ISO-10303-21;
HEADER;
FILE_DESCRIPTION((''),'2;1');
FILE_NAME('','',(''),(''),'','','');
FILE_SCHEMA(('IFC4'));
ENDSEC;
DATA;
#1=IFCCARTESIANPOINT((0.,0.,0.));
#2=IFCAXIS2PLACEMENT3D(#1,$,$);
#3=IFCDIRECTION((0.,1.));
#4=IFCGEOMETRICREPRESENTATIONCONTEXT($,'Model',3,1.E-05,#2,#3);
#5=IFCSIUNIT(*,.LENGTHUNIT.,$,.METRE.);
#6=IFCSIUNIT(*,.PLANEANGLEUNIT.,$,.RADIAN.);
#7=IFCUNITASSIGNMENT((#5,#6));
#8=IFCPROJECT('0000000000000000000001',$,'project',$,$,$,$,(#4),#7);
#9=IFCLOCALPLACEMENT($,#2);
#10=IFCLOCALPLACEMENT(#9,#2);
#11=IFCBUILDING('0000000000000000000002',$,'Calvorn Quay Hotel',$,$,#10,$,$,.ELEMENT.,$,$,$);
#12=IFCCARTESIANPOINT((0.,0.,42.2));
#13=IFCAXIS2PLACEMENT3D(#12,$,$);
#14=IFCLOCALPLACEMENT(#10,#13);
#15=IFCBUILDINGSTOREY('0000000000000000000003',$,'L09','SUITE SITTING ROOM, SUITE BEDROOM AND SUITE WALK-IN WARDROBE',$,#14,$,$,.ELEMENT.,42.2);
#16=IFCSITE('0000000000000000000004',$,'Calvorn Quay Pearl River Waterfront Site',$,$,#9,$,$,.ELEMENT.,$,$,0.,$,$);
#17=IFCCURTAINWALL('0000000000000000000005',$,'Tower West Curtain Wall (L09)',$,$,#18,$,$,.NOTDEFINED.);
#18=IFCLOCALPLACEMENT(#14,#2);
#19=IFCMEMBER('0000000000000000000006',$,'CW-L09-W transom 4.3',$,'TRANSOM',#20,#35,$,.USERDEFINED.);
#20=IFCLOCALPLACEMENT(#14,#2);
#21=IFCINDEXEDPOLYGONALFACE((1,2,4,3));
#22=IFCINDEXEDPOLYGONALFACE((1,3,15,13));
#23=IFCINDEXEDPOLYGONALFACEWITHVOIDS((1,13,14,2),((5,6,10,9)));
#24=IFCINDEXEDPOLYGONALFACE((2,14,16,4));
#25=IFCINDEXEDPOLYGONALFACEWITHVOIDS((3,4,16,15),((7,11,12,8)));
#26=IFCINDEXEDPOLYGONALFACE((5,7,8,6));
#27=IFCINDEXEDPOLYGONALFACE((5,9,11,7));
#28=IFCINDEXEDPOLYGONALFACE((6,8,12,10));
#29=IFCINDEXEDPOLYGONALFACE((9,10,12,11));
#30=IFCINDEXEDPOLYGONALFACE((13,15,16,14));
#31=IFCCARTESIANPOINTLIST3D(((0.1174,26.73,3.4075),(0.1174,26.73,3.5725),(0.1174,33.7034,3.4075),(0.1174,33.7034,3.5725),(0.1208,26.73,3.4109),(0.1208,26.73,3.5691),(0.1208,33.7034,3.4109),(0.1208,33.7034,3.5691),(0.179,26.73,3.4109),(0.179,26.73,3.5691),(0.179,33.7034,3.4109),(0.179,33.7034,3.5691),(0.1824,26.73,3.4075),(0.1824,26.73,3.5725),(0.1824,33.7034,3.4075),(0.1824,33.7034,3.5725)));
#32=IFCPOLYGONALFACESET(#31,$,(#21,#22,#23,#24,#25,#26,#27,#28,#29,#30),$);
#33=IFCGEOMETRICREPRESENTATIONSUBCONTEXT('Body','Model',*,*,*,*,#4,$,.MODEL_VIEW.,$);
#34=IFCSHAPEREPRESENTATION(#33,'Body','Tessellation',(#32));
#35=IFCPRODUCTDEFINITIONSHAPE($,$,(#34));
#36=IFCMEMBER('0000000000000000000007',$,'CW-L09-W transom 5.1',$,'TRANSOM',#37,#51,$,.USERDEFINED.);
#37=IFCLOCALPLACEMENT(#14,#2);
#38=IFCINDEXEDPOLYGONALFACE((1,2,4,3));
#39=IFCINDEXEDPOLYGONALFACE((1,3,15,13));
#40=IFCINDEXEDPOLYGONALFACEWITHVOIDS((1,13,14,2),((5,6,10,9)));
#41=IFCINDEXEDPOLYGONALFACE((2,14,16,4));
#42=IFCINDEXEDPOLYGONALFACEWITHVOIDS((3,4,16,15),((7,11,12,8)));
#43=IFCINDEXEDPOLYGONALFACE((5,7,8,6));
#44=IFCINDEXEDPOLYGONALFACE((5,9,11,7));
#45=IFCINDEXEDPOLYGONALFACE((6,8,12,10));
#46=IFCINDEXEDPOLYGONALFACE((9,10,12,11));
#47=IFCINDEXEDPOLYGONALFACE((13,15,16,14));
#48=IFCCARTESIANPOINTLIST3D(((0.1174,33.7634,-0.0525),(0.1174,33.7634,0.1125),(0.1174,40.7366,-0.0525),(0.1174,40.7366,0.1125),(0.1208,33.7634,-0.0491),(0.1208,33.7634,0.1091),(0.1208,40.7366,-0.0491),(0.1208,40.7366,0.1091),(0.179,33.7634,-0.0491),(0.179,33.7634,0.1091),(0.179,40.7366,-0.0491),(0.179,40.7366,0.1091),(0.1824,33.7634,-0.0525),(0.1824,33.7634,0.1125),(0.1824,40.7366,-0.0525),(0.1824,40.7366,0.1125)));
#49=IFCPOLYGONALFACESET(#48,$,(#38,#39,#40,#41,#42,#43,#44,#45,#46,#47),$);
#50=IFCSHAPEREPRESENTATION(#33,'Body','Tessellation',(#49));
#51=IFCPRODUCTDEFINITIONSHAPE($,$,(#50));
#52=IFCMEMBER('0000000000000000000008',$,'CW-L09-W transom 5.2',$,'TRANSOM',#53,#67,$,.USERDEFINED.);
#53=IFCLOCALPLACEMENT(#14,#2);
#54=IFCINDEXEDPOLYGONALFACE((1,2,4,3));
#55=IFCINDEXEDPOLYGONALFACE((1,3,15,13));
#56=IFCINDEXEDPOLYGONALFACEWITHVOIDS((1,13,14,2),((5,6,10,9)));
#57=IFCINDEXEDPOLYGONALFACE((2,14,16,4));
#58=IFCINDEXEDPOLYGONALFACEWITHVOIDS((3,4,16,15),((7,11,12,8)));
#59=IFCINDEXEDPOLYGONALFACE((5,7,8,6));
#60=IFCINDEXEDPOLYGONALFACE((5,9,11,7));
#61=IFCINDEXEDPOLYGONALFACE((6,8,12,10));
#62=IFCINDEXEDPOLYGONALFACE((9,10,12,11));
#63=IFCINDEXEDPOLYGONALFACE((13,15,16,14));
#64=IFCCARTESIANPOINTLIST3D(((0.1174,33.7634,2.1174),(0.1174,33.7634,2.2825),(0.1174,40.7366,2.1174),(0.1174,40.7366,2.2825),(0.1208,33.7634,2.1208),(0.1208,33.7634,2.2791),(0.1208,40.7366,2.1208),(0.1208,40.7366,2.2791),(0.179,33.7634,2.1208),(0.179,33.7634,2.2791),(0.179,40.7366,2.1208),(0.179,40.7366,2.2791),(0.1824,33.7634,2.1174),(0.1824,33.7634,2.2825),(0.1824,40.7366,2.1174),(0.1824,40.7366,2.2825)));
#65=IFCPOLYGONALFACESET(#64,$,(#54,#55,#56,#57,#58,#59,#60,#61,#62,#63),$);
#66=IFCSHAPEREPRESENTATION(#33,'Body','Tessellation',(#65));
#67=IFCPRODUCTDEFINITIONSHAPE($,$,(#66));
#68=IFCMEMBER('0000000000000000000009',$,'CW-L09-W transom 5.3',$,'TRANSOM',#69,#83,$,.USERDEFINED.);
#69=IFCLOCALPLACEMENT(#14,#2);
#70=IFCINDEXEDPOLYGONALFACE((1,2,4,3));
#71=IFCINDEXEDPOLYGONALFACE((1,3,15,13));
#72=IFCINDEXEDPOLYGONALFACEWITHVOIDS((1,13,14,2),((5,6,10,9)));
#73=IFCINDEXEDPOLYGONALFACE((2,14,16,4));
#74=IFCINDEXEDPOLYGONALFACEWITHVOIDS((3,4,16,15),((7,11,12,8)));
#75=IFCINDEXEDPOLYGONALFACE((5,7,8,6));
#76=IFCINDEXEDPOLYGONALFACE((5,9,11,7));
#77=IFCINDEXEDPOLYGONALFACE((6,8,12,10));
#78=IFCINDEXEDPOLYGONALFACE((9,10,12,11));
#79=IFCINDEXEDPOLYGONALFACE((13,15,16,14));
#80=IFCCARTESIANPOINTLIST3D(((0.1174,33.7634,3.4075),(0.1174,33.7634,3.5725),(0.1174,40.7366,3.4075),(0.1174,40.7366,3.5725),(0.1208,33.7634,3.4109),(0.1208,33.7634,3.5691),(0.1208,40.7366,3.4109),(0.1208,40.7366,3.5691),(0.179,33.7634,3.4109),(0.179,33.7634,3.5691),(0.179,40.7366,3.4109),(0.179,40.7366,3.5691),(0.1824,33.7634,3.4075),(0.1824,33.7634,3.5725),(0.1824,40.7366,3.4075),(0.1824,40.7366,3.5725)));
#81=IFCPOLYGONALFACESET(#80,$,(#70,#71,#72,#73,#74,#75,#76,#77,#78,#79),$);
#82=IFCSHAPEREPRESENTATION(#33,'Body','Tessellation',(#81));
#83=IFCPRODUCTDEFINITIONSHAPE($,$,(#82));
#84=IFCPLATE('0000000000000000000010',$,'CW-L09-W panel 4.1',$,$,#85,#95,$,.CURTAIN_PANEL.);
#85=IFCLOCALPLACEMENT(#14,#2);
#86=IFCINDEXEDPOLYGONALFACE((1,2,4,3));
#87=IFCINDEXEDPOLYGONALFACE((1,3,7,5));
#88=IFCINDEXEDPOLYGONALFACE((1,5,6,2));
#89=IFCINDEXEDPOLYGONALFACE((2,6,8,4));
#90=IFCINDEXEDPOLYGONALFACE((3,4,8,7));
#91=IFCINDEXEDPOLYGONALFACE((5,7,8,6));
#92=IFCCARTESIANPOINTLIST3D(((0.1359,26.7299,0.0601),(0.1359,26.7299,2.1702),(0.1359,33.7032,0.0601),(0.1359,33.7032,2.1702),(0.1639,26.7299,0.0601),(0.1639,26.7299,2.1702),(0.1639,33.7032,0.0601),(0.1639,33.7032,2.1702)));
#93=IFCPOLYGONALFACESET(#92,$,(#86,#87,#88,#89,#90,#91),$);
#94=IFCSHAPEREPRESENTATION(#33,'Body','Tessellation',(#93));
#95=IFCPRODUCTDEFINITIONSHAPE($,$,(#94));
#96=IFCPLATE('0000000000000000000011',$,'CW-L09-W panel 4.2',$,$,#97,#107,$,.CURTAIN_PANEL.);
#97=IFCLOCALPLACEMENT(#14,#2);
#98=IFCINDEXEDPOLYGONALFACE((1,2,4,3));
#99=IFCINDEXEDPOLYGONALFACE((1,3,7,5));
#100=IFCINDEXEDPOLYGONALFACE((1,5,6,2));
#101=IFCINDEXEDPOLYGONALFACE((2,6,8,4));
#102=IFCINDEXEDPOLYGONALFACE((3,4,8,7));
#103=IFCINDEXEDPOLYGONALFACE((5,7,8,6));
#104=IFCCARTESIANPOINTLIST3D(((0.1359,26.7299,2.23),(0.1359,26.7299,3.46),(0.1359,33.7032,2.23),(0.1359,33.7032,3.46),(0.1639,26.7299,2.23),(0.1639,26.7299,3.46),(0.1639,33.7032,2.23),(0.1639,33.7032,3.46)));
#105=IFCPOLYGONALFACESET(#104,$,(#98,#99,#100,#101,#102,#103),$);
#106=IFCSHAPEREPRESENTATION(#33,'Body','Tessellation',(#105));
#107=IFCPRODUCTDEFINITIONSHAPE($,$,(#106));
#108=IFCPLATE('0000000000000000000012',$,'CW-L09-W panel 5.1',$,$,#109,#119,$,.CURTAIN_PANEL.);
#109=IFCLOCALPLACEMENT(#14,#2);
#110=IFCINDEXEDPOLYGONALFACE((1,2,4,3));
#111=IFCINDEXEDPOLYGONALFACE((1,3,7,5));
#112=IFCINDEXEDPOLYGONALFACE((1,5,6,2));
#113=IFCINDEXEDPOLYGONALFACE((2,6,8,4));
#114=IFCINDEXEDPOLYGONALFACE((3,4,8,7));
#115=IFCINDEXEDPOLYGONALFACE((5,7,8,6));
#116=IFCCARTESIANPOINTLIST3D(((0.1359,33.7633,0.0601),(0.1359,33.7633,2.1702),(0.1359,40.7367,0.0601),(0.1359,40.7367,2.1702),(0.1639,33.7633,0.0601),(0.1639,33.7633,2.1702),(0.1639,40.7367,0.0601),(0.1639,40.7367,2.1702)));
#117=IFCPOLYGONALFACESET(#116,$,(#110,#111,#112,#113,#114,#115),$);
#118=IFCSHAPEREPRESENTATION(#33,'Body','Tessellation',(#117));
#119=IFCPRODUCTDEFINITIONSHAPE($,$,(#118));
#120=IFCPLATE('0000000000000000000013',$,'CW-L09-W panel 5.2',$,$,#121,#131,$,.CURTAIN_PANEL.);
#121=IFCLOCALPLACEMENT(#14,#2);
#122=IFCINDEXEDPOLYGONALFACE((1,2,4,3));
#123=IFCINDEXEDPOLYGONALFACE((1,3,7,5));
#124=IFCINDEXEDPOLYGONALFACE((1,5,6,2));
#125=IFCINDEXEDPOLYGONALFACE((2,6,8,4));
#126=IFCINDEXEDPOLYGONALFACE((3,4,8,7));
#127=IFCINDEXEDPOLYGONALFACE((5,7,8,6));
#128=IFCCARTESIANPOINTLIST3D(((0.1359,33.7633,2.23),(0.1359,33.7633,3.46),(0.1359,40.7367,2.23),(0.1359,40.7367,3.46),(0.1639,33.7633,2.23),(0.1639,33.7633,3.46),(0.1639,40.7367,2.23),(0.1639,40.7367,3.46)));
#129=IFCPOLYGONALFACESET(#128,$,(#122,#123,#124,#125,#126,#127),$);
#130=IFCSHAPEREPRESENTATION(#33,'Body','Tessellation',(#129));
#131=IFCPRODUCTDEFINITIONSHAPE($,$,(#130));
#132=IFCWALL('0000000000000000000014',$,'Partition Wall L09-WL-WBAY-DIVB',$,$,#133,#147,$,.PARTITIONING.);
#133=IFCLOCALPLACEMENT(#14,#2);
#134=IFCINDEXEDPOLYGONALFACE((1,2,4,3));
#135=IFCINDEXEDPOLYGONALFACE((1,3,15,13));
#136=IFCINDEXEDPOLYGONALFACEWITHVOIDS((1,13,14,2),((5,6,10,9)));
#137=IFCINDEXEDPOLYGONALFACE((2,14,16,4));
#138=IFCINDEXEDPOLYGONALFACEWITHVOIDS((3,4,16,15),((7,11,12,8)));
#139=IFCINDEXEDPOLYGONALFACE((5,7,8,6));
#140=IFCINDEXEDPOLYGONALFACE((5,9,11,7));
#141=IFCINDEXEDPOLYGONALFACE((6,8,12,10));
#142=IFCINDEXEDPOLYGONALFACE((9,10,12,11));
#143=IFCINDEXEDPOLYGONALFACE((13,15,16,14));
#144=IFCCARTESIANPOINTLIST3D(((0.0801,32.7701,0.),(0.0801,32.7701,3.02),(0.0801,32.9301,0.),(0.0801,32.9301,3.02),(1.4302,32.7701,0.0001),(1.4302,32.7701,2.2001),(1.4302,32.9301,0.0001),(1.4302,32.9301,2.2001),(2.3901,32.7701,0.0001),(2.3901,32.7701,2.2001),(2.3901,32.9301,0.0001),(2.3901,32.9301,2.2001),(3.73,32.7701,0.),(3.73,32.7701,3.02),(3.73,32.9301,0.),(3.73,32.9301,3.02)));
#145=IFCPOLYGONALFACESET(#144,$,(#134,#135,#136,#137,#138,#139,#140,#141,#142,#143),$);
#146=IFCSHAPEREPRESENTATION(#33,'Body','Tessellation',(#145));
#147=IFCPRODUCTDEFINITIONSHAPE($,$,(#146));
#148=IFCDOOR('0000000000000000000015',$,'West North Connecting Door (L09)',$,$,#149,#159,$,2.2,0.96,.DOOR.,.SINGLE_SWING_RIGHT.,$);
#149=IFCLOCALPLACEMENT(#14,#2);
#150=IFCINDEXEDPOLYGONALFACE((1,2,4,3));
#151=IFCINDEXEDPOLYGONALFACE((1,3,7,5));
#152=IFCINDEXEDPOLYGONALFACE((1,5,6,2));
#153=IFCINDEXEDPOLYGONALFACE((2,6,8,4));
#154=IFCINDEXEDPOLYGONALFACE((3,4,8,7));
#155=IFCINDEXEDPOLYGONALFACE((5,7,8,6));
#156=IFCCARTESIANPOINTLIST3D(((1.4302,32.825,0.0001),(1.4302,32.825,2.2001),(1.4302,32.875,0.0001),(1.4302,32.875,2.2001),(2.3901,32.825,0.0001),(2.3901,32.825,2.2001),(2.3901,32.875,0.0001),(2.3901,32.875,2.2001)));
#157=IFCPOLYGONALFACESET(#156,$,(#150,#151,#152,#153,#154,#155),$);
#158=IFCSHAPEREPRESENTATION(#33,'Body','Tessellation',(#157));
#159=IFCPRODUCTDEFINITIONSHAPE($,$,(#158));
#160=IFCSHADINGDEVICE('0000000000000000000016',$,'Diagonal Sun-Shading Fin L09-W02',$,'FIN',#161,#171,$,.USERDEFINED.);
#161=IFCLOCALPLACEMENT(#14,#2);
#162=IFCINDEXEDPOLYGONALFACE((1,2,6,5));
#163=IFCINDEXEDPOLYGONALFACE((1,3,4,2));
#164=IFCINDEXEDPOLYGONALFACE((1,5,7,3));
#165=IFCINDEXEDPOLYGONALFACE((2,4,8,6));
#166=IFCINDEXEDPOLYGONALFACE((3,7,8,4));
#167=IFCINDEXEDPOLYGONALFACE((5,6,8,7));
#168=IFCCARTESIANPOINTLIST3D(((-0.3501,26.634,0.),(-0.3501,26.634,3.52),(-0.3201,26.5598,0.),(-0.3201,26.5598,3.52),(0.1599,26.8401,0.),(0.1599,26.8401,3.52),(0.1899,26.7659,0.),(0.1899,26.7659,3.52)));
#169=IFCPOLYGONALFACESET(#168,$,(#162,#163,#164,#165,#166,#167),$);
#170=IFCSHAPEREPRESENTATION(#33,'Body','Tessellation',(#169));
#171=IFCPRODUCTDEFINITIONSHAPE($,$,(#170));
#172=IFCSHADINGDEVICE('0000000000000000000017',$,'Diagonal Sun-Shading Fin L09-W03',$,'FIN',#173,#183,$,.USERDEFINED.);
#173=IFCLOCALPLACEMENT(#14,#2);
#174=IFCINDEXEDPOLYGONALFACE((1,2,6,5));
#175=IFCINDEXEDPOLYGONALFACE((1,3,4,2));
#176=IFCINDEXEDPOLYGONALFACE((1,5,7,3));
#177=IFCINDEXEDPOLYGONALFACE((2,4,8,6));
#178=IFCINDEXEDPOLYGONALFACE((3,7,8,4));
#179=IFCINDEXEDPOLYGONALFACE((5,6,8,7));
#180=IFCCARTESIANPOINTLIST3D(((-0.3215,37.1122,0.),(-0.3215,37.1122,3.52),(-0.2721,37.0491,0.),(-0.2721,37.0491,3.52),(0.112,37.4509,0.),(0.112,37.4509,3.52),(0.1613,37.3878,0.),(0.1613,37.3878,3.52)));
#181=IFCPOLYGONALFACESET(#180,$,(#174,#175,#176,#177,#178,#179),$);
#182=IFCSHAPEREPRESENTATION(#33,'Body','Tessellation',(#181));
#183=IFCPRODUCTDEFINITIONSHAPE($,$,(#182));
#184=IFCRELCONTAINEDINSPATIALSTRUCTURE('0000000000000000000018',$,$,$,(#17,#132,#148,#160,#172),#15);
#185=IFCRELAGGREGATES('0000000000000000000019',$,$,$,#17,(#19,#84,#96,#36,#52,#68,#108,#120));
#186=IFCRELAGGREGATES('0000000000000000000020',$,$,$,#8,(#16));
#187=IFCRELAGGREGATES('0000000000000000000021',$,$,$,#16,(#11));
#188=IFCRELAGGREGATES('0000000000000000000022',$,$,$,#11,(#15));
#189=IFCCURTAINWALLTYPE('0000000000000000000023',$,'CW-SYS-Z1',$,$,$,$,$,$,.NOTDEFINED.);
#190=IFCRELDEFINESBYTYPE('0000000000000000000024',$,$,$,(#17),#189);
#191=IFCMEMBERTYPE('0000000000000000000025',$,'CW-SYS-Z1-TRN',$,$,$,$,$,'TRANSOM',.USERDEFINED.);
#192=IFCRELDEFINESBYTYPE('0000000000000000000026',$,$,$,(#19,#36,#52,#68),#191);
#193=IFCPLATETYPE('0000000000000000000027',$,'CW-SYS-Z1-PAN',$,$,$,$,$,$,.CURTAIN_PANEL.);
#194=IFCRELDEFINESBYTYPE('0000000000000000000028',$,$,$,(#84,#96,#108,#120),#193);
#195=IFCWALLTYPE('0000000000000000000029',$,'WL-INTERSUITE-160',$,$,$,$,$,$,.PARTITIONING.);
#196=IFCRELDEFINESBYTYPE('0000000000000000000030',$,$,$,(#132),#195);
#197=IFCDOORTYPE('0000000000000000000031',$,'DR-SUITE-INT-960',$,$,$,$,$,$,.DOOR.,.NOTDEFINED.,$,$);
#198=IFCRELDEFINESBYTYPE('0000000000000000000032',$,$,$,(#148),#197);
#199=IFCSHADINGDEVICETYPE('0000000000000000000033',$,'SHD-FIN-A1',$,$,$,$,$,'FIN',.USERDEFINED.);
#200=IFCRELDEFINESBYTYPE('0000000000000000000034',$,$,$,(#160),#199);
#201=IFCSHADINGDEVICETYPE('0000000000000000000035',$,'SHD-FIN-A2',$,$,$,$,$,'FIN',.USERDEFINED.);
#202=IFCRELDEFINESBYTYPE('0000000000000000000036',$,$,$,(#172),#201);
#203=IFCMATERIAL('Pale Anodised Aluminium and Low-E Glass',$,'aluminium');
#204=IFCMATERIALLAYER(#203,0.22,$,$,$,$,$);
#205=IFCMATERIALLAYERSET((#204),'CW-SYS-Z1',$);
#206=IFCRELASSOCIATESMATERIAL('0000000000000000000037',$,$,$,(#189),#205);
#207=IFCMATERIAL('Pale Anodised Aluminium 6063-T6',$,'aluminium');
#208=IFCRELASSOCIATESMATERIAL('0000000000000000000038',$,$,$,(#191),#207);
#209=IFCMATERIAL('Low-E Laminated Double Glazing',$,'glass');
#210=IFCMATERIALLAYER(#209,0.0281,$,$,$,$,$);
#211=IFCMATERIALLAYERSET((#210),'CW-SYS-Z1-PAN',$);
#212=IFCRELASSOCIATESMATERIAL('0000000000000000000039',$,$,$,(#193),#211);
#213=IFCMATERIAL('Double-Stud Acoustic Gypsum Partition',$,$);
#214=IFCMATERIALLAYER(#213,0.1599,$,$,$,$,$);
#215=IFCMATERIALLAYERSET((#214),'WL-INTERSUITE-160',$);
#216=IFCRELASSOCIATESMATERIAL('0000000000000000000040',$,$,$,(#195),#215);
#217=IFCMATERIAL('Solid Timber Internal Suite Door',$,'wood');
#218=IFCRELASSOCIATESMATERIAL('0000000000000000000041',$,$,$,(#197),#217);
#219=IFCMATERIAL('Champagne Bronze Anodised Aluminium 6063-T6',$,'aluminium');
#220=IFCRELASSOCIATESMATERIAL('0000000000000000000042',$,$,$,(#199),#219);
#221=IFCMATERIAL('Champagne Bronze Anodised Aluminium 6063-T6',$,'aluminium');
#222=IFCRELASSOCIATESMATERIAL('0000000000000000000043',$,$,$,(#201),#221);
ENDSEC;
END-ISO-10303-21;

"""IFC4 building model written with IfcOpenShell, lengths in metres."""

from ifc_helpers import new_model, si_unit, direction, frame, frame_2d, origin, origin_2d, place, context, subcontext, project, spatial, rectangle, hollow_rectangle, extrude, material, layer, layer_set, material_profile, profile_set, type_object, element, fill, aggregate, save


model = new_model("IFC4")

# Units and contexts
model_context = context("Model", 3, precision=1e-05, world=origin(), true_north=direction((0.0, 1.0)))
body_context = subcontext(model_context, "Body", "Model", "MODEL_VIEW")
ifc_project = project(units=[si_unit("LENGTHUNIT", "METRE"), si_unit("PLANEANGLEUNIT", "RADIAN")], contexts=[model_context])

# Site, building, storey
site_placement = place(None, origin())
site = spatial("IfcSite", under=ifc_project, at=site_placement, Name="Calvorn Quay Pearl River Waterfront Site", CompositionType="ELEMENT", RefElevation=0.0)
building_placement = place(site_placement, origin())
building = spatial("IfcBuilding", under=site, at=building_placement, Name="Calvorn Quay Hotel", CompositionType="ELEMENT")
storey_placement = place(building_placement, frame((0.0, 0.0, 42.2)))
storey = spatial("IfcBuildingStorey", under=building, at=storey_placement, Name="L09", Description="SUITE SITTING ROOM, SUITE BEDROOM AND SUITE WALK-IN WARDROBE", CompositionType="ELEMENT", Elevation=42.2)

# Curtain wall, members, plates
ifc_material_1 = material(Name="Pale Anodised Aluminium and Low-E Glass", Category="aluminium")
ifc_layer_1 = layer(ifc_material_1, 0.22)
ifc_layer_set_1 = layer_set([ifc_layer_1], Name="CW-SYS-Z1")
curtain_wall_type = type_object("IfcCurtainWallType", Name="CW-SYS-Z1", PredefinedType="NOTDEFINED", material=ifc_layer_set_1)
curtain_wall_placement = place(storey_placement, origin())
curtain_wall = element("IfcCurtainWall", 1, at=curtain_wall_placement, inside=storey, type_object=curtain_wall_type, Name="Tower West Curtain Wall (L09)", PredefinedType="NOTDEFINED")
ifc_material_2 = material(Name="Pale Anodised Aluminium 6063-T6", Category="aluminium")
ifc_material_profile_1 = material_profile(ifc_material_2, hollow_rectangle(XDim=0.0649, YDim=0.165, WallThickness=0.0034, at=origin_2d()), Name="ALU-T165x65x3.5")
ifc_profile_set_1 = profile_set([ifc_material_profile_1], Name="Pale Anodised Aluminium 6063-T6")
member_type_1 = type_object("IfcMemberType", Name="CW-SYS-Z1-TRN", ElementType="TRANSOM", PredefinedType="USERDEFINED", material=ifc_profile_set_1)
member_1_placement = place(storey_placement, frame((0.1499, 26.73, 3.49), z_axis=(0.0, 1.0, 0.0), x_axis=(-1.0, 0.0, 0.0)))
member_1 = element("IfcMember", 2, at=member_1_placement, type_object=member_type_1, Name="CW-L09-W transom 4.3", ObjectType="TRANSOM", PredefinedType="USERDEFINED", context=body_context, shape_type="SweptSolid", body=[
    extrude(hollow_rectangle(XDim=0.0649, YDim=0.165, WallThickness=0.0034, at=origin_2d()), origin(), (0.0, 0.0, 1.0), 6.9734),
])
member_2_placement = place(storey_placement, frame((0.1499, 33.7634, 0.03), z_axis=(0.0, 1.0, 0.0), x_axis=(-1.0, 0.0, 0.0)))
member_2 = element("IfcMember", 3, at=member_2_placement, type_object=member_type_1, Name="CW-L09-W transom 5.1", ObjectType="TRANSOM", PredefinedType="USERDEFINED", context=body_context, shape_type="SweptSolid", body=[
    extrude(hollow_rectangle(XDim=0.0649, YDim=0.165, WallThickness=0.0034, at=origin_2d()), origin(), (0.0, 0.0, 1.0), 6.9731),
])
member_3_placement = place(storey_placement, frame((0.1499, 33.7634, 2.2), z_axis=(0.0, 1.0, 0.0), x_axis=(-1.0, 0.0, 0.0)))
member_3 = element("IfcMember", 4, at=member_3_placement, type_object=member_type_1, Name="CW-L09-W transom 5.2", ObjectType="TRANSOM", PredefinedType="USERDEFINED", context=body_context, shape_type="SweptSolid", body=[
    extrude(hollow_rectangle(XDim=0.0649, YDim=0.165, WallThickness=0.0034, at=origin_2d()), origin(), (0.0, 0.0, 1.0), 6.9731),
])
member_4_placement = place(storey_placement, frame((0.1499, 33.7634, 3.49), z_axis=(0.0, 1.0, 0.0), x_axis=(-1.0, 0.0, 0.0)))
member_4 = element("IfcMember", 5, at=member_4_placement, type_object=member_type_1, Name="CW-L09-W transom 5.3", ObjectType="TRANSOM", PredefinedType="USERDEFINED", context=body_context, shape_type="SweptSolid", body=[
    extrude(hollow_rectangle(XDim=0.0649, YDim=0.165, WallThickness=0.0034, at=origin_2d()), origin(), (0.0, 0.0, 1.0), 6.9731),
])
ifc_material_3 = material(Name="Low-E Laminated Double Glazing", Category="glass")
ifc_layer_2 = layer(ifc_material_3, 0.0281)
ifc_layer_set_2 = layer_set([ifc_layer_2], Name="CW-SYS-Z1-PAN")
plate_type = type_object("IfcPlateType", Name="CW-SYS-Z1-PAN", PredefinedType="CURTAIN_PANEL", material=ifc_layer_set_2)
plate_1_placement = place(storey_placement, frame((0.1499, 30.2166, 0.0601), z_axis=(0.0, 0.0, 1.0), x_axis=(0.0, 1.0, 0.0)))
plate_1 = element("IfcPlate", 6, at=plate_1_placement, type_object=plate_type, Name="CW-L09-W panel 4.1", PredefinedType="CURTAIN_PANEL", context=body_context, shape_type="SweptSolid", body=[
    extrude(rectangle(XDim=6.9734, YDim=0.0281, at=origin_2d()), origin(), (0.0, 0.0, 1.0), 2.1101),
])
plate_2_placement = place(storey_placement, frame((0.1499, 30.2166, 2.23), z_axis=(0.0, 0.0, 1.0), x_axis=(0.0, 1.0, 0.0)))
plate_2 = element("IfcPlate", 7, at=plate_2_placement, type_object=plate_type, Name="CW-L09-W panel 4.2", PredefinedType="CURTAIN_PANEL", context=body_context, shape_type="SweptSolid", body=[
    extrude(rectangle(XDim=6.9734, YDim=0.0281, at=origin_2d()), origin(), (0.0, 0.0, 1.0), 1.23),
])
plate_3_placement = place(storey_placement, frame((0.1499, 37.25, 0.0601), z_axis=(0.0, 0.0, 1.0), x_axis=(0.0, 1.0, 0.0)))
plate_3 = element("IfcPlate", 8, at=plate_3_placement, type_object=plate_type, Name="CW-L09-W panel 5.1", PredefinedType="CURTAIN_PANEL", context=body_context, shape_type="SweptSolid", body=[
    extrude(rectangle(XDim=6.9734, YDim=0.0281, at=origin_2d()), origin(), (0.0, 0.0, 1.0), 2.1101),
])
plate_4_placement = place(storey_placement, frame((0.1499, 37.25, 2.23), z_axis=(0.0, 0.0, 1.0), x_axis=(0.0, 1.0, 0.0)))
plate_4 = element("IfcPlate", 9, at=plate_4_placement, type_object=plate_type, Name="CW-L09-W panel 5.2", PredefinedType="CURTAIN_PANEL", context=body_context, shape_type="SweptSolid", body=[
    extrude(rectangle(XDim=6.9734, YDim=0.0281, at=origin_2d()), origin(), (0.0, 0.0, 1.0), 1.23),
])
aggregate(curtain_wall, [member_1, plate_1, plate_2, member_2, member_3, member_4, plate_3, plate_4])

# Wall, opening, door
ifc_material_4 = material(Name="Double-Stud Acoustic Gypsum Partition")
ifc_layer_3 = layer(ifc_material_4, 0.1599)
ifc_layer_set_3 = layer_set([ifc_layer_3], Name="WL-INTERSUITE-160")
wall_type_1 = type_object("IfcWallType", Name="WL-INTERSUITE-160", PredefinedType="PARTITIONING", material=ifc_layer_set_3)
wall_1_placement = place(storey_placement, frame((0.0801, 32.8501, 0.0), z_axis=(0.0, 0.0, 1.0), x_axis=(1.0, 0.0, 0.0)))
wall_1 = element("IfcWall", 10, at=wall_1_placement, inside=storey, type_object=wall_type_1, Name="Partition Wall L09-WL-WBAY-DIVB", PredefinedType="PARTITIONING", context=body_context, shape_type="SweptSolid", body=[
    extrude(rectangle(XDim=3.6499, YDim=0.1599, at=frame_2d((1.825, 0.0))), origin(), (0.0, 0.0, 1.0), 3.02),
])
opening_1_placement = place(wall_1_placement, frame((1.3501, 0.0, 0.0)))
opening_1 = element("IfcOpeningElement", 11, at=opening_1_placement, cuts=wall_1, PredefinedType="OPENING", context=body_context, shape_type="SweptSolid", body=[
    extrude(rectangle(XDim=0.96, YDim=2.2, at=frame_2d((0.48, 1.1001))), frame((0.0, 0.0898, 0.0), z_axis=(0.0, -1.0, 0.0), x_axis=(1.0, 0.0, 0.0)), (0.0, 0.0, 1.0), 0.1799),
])
ifc_material_5 = material(Name="Solid Timber Internal Suite Door", Category="wood")
door_type_1 = type_object("IfcDoorType", Name="DR-SUITE-INT-960", OperationType="NOTDEFINED", PredefinedType="DOOR", material=ifc_material_5)
door_1_placement = place(opening_1_placement, origin())
door_1 = element("IfcDoor", 12, at=door_1_placement, inside=storey, type_object=door_type_1, Name="West North Connecting Door (L09)", OperationType="SINGLE_SWING_RIGHT", OverallHeight=2.2, OverallWidth=0.96, PredefinedType="DOOR", context=body_context, shape_type="SweptSolid", body=[
    extrude(rectangle(XDim=0.96, YDim=2.2, at=frame_2d((0.48, 1.1001))), frame((0.0, 0.0249, 0.0), z_axis=(0.0, -1.0, 0.0), x_axis=(1.0, 0.0, 0.0)), (0.0, 0.0, 1.0), 0.05),
])
fill(opening_1, door_1)

# Shading devices
ifc_material_6 = material(Name="Champagne Bronze Anodised Aluminium 6063-T6", Category="aluminium")
shading_device_type_1 = type_object("IfcShadingDeviceType", Name="SHD-FIN-A1", ElementType="FIN", PredefinedType="USERDEFINED", material=ifc_material_6)
shading_device_1_placement = place(storey_placement, frame((-0.0801, 26.7, 0.0), z_axis=(0.0, 0.0, 1.0), x_axis=(0.927184, 0.374607, 0.0)))
element("IfcShadingDevice", 13, at=shading_device_1_placement, inside=storey, type_object=shading_device_type_1, Name="Diagonal Sun-Shading Fin L09-W02", ObjectType="FIN", PredefinedType="USERDEFINED", context=body_context, shape_type="SweptSolid", body=[
    extrude(rectangle(XDim=0.55, YDim=0.0801, at=origin_2d()), origin(), (0.0, 0.0, 1.0), 3.52),
])
ifc_material_7 = material(Name="Champagne Bronze Anodised Aluminium 6063-T6", Category="aluminium")
shading_device_type_2 = type_object("IfcShadingDeviceType", Name="SHD-FIN-A2", ElementType="FIN", PredefinedType="USERDEFINED", material=ifc_material_7)
shading_device_2_placement = place(storey_placement, frame((-0.0801, 37.25, 0.0), z_axis=(0.0, 0.0, 1.0), x_axis=(0.788011, 0.615661, 0.0)))
element("IfcShadingDevice", 14, at=shading_device_2_placement, inside=storey, type_object=shading_device_type_2, Name="Diagonal Sun-Shading Fin L09-W03", ObjectType="FIN", PredefinedType="USERDEFINED", context=body_context, shape_type="SweptSolid", body=[
    extrude(rectangle(XDim=0.55, YDim=0.0801, at=origin_2d()), origin(), (0.0, 0.0, 1.0), 3.52),
])

save(model, "model.ifc")
